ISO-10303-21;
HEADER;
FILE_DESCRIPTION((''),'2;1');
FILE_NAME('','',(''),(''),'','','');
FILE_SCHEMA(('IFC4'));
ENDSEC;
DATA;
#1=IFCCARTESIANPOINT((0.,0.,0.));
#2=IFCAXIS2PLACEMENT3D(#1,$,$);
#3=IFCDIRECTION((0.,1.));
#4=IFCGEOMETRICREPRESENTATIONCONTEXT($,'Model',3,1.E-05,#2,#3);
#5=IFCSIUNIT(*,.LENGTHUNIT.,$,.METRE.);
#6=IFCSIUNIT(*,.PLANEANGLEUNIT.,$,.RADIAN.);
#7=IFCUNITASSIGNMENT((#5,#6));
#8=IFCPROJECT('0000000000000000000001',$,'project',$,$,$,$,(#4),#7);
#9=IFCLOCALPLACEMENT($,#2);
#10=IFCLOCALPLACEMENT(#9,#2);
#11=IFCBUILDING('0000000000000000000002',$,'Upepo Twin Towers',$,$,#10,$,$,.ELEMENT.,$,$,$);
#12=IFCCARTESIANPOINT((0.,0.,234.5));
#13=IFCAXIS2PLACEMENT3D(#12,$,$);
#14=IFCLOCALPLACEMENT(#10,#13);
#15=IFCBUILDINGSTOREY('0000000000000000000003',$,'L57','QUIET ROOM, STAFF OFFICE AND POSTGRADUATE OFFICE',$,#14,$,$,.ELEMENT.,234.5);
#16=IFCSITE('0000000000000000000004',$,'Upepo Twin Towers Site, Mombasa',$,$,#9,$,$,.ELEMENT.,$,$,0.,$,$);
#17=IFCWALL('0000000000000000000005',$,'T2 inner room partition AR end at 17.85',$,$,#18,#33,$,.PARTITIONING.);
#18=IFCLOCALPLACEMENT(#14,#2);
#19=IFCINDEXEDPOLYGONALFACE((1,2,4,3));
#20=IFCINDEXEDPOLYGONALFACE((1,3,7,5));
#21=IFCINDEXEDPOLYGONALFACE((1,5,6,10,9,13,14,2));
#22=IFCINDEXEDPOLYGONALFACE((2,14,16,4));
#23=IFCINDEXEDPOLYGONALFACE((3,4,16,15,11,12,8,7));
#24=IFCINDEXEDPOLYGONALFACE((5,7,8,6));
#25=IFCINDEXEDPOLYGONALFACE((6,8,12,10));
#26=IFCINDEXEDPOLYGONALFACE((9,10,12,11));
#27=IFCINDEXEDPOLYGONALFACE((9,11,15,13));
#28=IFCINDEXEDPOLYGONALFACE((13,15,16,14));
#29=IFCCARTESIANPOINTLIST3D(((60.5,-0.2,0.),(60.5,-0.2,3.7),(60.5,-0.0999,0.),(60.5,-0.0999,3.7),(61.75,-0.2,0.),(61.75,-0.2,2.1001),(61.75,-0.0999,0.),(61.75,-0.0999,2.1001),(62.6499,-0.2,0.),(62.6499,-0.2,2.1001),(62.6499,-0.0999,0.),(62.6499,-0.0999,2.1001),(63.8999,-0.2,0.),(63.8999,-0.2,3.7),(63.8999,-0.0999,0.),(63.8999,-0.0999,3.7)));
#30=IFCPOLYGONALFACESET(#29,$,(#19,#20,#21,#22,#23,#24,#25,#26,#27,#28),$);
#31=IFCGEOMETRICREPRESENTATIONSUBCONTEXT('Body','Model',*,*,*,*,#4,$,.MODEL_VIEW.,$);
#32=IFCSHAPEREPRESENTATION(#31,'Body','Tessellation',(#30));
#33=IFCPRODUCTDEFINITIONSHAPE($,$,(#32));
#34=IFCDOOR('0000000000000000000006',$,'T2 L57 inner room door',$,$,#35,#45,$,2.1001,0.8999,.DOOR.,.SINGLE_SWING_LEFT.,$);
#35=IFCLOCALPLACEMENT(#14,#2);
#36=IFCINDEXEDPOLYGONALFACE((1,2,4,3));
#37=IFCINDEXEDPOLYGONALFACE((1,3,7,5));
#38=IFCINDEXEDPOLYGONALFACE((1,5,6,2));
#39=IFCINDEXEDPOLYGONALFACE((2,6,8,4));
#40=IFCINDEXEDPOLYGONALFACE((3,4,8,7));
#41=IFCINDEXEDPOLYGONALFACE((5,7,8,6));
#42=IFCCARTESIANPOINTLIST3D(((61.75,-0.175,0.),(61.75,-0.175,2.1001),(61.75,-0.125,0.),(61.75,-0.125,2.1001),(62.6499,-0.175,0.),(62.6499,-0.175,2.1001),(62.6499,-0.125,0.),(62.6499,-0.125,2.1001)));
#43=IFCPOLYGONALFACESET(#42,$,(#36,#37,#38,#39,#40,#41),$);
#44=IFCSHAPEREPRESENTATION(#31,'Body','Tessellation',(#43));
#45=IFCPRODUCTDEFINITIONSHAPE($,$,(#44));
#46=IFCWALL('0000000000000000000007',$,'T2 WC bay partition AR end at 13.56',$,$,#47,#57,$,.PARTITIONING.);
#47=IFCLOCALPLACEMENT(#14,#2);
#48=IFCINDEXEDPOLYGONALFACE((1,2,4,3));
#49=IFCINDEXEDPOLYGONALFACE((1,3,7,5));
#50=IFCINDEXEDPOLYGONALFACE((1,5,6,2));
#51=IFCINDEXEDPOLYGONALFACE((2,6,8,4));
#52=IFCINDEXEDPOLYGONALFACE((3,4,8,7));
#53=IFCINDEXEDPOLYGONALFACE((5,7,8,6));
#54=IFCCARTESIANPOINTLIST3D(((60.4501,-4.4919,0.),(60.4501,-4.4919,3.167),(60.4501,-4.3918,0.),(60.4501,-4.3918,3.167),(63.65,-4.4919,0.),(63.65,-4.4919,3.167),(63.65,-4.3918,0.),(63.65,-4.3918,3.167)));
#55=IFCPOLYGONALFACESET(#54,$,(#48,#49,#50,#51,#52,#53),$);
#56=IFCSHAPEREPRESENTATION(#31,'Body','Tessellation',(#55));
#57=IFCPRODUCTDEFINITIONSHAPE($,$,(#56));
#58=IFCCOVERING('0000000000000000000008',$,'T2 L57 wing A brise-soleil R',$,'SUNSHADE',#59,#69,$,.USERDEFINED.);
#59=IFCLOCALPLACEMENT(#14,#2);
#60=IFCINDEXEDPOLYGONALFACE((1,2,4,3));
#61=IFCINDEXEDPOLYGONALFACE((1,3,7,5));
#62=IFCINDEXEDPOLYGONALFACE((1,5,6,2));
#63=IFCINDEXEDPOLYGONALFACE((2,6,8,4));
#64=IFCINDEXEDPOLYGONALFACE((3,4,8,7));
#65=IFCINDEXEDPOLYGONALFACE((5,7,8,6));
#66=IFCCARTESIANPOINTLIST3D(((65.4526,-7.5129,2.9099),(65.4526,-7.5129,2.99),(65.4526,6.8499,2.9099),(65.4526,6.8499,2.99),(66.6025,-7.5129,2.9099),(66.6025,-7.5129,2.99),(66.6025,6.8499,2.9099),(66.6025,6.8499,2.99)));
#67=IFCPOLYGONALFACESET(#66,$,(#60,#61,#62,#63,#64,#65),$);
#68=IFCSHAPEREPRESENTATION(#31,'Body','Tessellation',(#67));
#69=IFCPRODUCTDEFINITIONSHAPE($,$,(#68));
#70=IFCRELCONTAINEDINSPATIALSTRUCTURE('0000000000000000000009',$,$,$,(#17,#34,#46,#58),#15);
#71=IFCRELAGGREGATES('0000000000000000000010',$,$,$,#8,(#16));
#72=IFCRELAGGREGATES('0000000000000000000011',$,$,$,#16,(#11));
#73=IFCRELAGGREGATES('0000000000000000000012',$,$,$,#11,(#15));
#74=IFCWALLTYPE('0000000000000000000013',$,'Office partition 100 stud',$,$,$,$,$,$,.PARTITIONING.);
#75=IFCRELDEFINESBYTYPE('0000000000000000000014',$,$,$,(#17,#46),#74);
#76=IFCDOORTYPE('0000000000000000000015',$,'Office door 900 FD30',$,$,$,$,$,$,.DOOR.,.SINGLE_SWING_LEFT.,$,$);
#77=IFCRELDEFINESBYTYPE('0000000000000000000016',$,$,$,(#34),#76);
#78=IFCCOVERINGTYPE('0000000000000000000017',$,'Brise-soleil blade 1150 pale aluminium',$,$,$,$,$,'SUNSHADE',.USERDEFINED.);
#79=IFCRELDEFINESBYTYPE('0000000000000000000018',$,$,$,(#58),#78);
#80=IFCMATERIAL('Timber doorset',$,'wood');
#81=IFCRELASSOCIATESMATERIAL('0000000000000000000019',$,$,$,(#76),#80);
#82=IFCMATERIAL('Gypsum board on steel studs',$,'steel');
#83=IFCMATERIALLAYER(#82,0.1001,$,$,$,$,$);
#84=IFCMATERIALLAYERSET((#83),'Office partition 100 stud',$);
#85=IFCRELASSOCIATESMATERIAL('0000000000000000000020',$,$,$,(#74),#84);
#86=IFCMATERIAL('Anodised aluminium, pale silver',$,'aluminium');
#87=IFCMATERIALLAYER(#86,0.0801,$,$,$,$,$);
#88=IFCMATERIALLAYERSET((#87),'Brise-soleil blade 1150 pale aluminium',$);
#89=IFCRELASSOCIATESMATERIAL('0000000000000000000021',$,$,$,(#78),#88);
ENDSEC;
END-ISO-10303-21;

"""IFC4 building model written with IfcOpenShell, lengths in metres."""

from ifc_helpers import new_model, si_unit, direction, frame, frame_2d, origin, origin_2d, place, context, subcontext, project, spatial, rectangle, extrude, material, layer, layer_set, type_object, element, fill, save


model = new_model("IFC4")

# Units and contexts
model_context = context("Model", 3, precision=1e-05, world=origin(), true_north=direction((0.0, 1.0)))
body_context = subcontext(model_context, "Body", "Model", "MODEL_VIEW")
ifc_project = project(units=[si_unit("LENGTHUNIT", "METRE"), si_unit("PLANEANGLEUNIT", "RADIAN")], contexts=[model_context])

# Site, building, storey
site_placement = place(None, origin())
site = spatial("IfcSite", under=ifc_project, at=site_placement, Name="Upepo Twin Towers Site, Mombasa", CompositionType="ELEMENT", RefElevation=0.0)
building_placement = place(site_placement, origin())
building = spatial("IfcBuilding", under=site, at=building_placement, Name="Upepo Twin Towers", CompositionType="ELEMENT")
storey_placement = place(building_placement, frame((0.0, 0.0, 234.5)))
storey = spatial("IfcBuildingStorey", under=building, at=storey_placement, Name="L57", Description="QUIET ROOM, STAFF OFFICE AND POSTGRADUATE OFFICE", CompositionType="ELEMENT", Elevation=234.5)

# Shared definitions
ifc_material_1 = material(Name="Timber doorset", Category="wood")
door_type_1 = type_object("IfcDoorType", Name="Office door 900 FD30", OperationType="SINGLE_SWING_LEFT", PredefinedType="DOOR", material=ifc_material_1)

# Shared definitions
ifc_material_2 = material(Name="Gypsum board on steel studs", Category="steel")
ifc_layer_1 = layer(ifc_material_2, 0.1001)
ifc_layer_set_1 = layer_set([ifc_layer_1], Name="Office partition 100 stud")
wall_type_1 = type_object("IfcWallType", Name="Office partition 100 stud", PredefinedType="PARTITIONING", material=ifc_layer_set_1)

# Wall, opening, door
wall_1_placement = place(storey_placement, frame((60.5, -0.1499, 0.0), z_axis=(0.0, 0.0, 1.0), x_axis=(1.0, 0.0, 0.0)))
wall_1 = element("IfcWall", 1, at=wall_1_placement, inside=storey, type_object=wall_type_1, Name="T2 inner room partition AR end at 17.85", PredefinedType="PARTITIONING", context=body_context, shape_type="SweptSolid", body=[
    extrude(rectangle(XDim=3.3999, YDim=0.1001, at=frame_2d((1.7, 0.0))), origin(), (0.0, 0.0, 1.0), 3.7),
])
opening_1_placement = place(wall_1_placement, frame((1.25, 0.0, 0.0)))
opening_1 = element("IfcOpeningElement", 2, at=opening_1_placement, cuts=wall_1, PredefinedType="OPENING", context=body_context, shape_type="SweptSolid", body=[
    extrude(rectangle(XDim=0.8999, YDim=2.1001, at=frame_2d((0.45, 1.05))), frame((0.0, 0.0601, 0.0), z_axis=(0.0, -1.0, 0.0), x_axis=(1.0, 0.0, 0.0)), (0.0, 0.0, 1.0), 0.1201),
])
door_1_placement = place(opening_1_placement, origin())
door_1 = element("IfcDoor", 3, at=door_1_placement, inside=storey, type_object=door_type_1, Name="T2 L57 inner room door", OperationType="SINGLE_SWING_LEFT", OverallHeight=2.1001, OverallWidth=0.8999, PredefinedType="DOOR", context=body_context, shape_type="SweptSolid", body=[
    extrude(rectangle(XDim=0.8999, YDim=2.1001, at=frame_2d((0.45, 1.05))), frame((0.0, 0.0249, 0.0), z_axis=(0.0, -1.0, 0.0), x_axis=(1.0, 0.0, 0.0)), (0.0, 0.0, 1.0), 0.05),
])
fill(opening_1, door_1)

# Wall
wall_2_placement = place(storey_placement, frame((60.45, -4.4419, 0.0), z_axis=(0.0, 0.0, 1.0), x_axis=(1.0, 0.0, 0.0)))
element("IfcWall", 4, at=wall_2_placement, inside=storey, type_object=wall_type_1, Name="T2 WC bay partition AR end at 13.56", PredefinedType="PARTITIONING", context=body_context, shape_type="SweptSolid", body=[
    extrude(rectangle(XDim=3.2, YDim=0.1001, at=frame_2d((1.6001, 0.0))), origin(), (0.0, 0.0, 1.0), 3.167),
])

# Covering
ifc_material_3 = material(Name="Anodised aluminium, pale silver", Category="aluminium")
ifc_layer_2 = layer(ifc_material_3, 0.0801)
ifc_layer_set_2 = layer_set([ifc_layer_2], Name="Brise-soleil blade 1150 pale aluminium")
covering_type = type_object("IfcCoveringType", Name="Brise-soleil blade 1150 pale aluminium", ElementType="SUNSHADE", PredefinedType="USERDEFINED", material=ifc_layer_set_2)
covering_placement = place(storey_placement, frame((66.0276, -0.3315, 2.9099), z_axis=(0.0, 0.0, 1.0), x_axis=(0.0, 1.0, 0.0)))
element("IfcCovering", 5, at=covering_placement, inside=storey, type_object=covering_type, Name="T2 L57 wing A brise-soleil R", ObjectType="SUNSHADE", PredefinedType="USERDEFINED", context=body_context, shape_type="SweptSolid", body=[
    extrude(rectangle(XDim=14.3628, YDim=1.1499, at=origin_2d()), origin(), (0.0, 0.0, 1.0), 0.0801),
])

save(model, "model.ifc")
